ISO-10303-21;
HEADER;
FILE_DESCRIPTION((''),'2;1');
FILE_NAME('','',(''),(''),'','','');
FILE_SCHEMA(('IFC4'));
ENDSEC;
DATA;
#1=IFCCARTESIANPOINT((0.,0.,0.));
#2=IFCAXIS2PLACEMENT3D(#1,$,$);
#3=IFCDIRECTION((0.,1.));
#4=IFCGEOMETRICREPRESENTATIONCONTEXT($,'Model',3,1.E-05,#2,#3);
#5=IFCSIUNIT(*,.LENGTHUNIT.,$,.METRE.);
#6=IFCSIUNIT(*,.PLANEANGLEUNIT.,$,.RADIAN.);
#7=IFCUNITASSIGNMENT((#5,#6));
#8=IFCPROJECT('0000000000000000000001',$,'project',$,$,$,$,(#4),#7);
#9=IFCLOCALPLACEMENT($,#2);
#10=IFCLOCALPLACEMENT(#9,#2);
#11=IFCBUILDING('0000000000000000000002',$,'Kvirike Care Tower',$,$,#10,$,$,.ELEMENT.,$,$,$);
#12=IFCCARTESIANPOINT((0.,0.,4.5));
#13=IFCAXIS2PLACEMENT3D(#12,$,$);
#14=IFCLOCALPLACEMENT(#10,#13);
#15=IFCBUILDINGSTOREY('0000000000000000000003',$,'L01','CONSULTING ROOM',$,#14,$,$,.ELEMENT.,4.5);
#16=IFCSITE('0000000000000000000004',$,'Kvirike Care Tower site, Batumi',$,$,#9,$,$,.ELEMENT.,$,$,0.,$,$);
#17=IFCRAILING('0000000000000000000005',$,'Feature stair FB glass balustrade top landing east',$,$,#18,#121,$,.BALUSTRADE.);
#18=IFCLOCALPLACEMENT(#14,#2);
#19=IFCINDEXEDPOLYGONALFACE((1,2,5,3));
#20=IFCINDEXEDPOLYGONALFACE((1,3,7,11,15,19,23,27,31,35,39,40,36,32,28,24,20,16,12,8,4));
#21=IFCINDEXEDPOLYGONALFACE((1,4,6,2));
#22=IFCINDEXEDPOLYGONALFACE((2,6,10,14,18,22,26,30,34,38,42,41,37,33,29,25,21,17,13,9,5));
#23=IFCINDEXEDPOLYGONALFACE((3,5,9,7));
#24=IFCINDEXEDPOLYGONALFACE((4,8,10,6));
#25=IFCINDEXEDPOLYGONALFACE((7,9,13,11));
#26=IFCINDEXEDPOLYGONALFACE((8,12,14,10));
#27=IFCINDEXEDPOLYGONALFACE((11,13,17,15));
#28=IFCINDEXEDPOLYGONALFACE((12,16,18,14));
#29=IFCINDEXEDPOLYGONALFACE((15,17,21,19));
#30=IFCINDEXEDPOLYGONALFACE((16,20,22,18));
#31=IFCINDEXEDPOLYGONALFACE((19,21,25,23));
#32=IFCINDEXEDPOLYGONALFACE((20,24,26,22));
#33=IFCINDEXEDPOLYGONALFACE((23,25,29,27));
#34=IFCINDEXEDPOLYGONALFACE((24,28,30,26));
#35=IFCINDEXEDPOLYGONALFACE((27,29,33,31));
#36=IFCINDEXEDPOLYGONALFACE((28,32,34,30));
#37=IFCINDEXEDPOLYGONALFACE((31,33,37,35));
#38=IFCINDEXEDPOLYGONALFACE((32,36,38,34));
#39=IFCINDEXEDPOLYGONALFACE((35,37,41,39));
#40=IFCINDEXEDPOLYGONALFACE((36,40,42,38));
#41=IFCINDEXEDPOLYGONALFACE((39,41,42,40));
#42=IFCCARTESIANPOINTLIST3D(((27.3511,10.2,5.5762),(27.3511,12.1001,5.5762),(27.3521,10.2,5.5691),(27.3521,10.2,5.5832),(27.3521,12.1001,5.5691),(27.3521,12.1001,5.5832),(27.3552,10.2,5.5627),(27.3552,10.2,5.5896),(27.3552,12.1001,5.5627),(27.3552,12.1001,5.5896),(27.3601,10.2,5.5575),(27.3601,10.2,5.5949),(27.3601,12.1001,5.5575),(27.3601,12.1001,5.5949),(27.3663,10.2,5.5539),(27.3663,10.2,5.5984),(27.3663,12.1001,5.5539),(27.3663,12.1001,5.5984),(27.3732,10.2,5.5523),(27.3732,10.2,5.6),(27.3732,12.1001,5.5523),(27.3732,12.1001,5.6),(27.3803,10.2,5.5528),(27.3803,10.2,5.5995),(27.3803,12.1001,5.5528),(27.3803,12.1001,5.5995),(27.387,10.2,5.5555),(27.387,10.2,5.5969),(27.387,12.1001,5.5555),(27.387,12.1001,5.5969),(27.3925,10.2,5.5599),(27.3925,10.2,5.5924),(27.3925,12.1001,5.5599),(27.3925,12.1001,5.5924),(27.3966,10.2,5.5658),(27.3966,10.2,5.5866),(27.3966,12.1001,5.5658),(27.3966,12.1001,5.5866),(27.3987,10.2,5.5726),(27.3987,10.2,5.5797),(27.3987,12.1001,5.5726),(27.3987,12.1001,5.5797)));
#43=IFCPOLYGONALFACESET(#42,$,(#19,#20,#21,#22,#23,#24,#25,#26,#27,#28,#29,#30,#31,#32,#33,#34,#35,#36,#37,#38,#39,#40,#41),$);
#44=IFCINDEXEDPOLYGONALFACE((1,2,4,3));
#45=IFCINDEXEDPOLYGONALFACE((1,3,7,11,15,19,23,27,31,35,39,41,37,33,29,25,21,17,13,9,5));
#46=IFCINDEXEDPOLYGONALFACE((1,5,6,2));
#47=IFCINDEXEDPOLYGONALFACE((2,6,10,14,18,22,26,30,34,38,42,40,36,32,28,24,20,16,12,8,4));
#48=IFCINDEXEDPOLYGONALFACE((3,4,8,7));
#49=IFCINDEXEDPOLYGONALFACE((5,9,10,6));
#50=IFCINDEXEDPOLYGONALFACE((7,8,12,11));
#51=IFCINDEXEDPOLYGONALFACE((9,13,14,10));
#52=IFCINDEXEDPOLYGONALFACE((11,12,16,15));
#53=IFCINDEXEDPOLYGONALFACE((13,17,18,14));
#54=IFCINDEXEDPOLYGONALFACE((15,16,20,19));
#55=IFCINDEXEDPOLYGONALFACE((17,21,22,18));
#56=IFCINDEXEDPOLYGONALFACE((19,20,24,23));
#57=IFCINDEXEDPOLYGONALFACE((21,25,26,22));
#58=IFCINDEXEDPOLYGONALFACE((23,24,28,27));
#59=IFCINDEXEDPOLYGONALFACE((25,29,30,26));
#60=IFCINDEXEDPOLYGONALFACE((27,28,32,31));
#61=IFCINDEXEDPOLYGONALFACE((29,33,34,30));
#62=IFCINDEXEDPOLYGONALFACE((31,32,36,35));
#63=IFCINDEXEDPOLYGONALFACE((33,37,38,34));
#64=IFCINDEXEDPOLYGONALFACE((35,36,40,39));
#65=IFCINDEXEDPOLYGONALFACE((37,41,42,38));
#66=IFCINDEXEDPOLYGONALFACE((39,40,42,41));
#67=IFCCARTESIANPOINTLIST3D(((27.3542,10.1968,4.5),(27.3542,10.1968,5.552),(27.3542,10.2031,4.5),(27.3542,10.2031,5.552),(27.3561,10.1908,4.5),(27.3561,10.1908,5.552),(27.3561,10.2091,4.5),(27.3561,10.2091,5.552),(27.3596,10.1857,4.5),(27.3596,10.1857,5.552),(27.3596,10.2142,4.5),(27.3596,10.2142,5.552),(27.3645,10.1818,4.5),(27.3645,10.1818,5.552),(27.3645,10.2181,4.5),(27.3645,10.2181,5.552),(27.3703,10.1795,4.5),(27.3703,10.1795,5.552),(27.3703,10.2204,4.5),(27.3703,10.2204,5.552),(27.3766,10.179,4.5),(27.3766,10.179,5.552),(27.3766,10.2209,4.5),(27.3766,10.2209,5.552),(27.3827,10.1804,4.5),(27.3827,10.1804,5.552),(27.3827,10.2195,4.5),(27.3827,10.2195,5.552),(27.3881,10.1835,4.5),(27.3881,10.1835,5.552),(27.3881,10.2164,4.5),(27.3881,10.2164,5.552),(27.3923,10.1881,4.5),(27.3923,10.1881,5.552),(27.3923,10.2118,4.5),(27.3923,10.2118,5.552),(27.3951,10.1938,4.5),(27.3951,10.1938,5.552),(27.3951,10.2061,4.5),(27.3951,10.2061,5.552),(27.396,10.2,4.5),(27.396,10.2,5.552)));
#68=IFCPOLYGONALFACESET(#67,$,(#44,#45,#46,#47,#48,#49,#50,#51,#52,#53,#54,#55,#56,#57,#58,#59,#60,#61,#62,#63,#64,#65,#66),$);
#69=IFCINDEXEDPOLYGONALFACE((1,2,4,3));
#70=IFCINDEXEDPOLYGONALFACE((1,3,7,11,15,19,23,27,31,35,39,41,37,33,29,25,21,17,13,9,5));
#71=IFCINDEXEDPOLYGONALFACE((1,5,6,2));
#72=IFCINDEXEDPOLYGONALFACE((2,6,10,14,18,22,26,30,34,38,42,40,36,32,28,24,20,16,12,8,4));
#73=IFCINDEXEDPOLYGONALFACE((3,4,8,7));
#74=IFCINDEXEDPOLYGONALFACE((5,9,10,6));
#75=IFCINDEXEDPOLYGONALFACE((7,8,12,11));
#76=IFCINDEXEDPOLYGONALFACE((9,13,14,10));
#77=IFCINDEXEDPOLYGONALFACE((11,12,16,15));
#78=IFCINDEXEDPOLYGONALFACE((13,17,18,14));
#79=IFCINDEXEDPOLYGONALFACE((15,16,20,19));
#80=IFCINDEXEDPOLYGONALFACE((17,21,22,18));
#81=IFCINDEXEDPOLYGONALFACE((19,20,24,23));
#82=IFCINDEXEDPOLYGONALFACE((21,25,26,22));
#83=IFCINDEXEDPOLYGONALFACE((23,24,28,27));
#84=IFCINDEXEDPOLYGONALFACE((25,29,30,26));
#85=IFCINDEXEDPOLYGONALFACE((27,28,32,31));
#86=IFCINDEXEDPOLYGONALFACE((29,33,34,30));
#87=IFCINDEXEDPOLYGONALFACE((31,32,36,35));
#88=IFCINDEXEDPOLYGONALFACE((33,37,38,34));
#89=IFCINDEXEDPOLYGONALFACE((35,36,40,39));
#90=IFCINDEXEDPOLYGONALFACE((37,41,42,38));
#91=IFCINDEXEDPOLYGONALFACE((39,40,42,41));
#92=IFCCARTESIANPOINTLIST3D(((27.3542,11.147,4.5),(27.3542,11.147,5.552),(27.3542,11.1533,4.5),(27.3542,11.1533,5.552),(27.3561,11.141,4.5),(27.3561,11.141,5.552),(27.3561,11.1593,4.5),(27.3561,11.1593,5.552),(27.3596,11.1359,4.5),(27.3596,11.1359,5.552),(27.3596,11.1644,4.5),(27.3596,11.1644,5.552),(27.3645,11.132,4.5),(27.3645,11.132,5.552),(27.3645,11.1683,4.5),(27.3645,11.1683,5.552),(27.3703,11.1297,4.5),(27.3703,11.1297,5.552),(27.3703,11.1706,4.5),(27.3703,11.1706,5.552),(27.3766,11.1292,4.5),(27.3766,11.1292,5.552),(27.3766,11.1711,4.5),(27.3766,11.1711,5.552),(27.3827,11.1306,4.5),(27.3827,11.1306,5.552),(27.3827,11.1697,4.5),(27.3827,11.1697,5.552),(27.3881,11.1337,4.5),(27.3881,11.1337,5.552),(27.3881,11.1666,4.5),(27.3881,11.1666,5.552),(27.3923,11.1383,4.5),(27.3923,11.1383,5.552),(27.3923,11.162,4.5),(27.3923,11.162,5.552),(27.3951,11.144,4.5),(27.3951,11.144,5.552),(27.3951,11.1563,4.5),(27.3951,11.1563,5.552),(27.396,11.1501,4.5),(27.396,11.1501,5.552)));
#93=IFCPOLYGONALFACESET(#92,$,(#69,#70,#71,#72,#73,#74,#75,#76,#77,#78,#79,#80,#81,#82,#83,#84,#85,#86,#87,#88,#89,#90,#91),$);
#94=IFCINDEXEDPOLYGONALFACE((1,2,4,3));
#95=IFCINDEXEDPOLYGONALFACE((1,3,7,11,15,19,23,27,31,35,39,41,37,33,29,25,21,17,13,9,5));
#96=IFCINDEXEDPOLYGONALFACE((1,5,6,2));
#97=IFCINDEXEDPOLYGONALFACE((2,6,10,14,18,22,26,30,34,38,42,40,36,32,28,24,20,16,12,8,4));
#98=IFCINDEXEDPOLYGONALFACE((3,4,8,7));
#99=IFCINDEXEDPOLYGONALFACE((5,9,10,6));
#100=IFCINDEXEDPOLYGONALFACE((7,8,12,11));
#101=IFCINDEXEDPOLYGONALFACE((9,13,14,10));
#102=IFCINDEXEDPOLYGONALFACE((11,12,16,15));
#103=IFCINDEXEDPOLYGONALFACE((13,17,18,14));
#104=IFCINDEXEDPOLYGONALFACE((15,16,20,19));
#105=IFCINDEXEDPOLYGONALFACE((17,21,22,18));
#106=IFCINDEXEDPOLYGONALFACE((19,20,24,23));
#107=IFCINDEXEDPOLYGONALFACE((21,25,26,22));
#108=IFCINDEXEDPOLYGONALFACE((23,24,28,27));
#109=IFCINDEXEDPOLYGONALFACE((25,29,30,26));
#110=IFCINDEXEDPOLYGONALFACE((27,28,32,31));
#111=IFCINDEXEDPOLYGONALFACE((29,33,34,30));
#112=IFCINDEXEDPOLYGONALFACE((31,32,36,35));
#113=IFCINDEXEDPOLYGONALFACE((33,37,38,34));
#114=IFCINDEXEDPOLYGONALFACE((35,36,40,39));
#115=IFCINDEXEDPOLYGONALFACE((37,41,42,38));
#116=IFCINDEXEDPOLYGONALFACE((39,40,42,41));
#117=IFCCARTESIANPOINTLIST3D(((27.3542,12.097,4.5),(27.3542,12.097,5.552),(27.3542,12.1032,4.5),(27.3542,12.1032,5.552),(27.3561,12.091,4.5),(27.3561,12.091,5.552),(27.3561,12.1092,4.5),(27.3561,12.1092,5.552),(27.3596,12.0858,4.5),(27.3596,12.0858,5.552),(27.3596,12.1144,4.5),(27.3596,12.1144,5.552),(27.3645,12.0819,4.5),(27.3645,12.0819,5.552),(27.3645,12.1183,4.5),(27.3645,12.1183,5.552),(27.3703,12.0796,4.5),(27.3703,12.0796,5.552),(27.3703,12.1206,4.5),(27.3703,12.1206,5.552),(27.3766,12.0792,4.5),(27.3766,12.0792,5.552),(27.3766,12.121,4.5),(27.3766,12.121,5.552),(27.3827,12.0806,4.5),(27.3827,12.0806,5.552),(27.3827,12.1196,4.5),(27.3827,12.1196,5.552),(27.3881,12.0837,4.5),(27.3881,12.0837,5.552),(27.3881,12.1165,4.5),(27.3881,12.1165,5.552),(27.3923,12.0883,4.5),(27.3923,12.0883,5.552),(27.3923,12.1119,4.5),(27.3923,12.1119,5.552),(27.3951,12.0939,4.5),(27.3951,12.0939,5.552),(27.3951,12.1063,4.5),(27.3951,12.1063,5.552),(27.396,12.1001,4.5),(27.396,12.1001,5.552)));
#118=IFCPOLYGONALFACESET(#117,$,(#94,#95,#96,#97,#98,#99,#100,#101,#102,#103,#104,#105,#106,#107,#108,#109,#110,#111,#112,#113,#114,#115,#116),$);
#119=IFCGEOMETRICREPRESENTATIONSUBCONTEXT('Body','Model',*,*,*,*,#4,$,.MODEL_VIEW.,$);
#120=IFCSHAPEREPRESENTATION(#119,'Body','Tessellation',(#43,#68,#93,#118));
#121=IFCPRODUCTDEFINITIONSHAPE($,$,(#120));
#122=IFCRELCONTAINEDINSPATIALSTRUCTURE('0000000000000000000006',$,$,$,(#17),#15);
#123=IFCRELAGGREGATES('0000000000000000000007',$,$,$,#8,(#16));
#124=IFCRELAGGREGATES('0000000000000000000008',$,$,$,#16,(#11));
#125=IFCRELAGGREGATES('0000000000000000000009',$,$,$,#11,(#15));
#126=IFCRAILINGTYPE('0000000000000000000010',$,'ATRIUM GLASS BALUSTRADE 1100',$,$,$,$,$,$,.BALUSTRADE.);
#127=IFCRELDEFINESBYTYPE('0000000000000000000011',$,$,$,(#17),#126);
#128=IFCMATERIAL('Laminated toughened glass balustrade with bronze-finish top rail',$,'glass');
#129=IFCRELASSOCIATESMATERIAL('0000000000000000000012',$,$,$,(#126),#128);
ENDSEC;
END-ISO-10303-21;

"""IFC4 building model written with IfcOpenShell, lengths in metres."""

from ifc_helpers import new_model, si_unit, direction, frame, origin, origin_2d, place, context, subcontext, project, spatial, circle, extrude, material, type_object, element, save


model = new_model("IFC4")

# Units and contexts
model_context = context("Model", 3, precision=1e-05, world=origin(), true_north=direction((0.0, 1.0)))
body_context = subcontext(model_context, "Body", "Model", "MODEL_VIEW")
ifc_project = project(units=[si_unit("LENGTHUNIT", "METRE"), si_unit("PLANEANGLEUNIT", "RADIAN")], contexts=[model_context])

# Site, building, storey
site_placement = place(None, origin())
site = spatial("IfcSite", under=ifc_project, at=site_placement, Name="Kvirike Care Tower site, Batumi", CompositionType="ELEMENT", RefElevation=0.0)
building_placement = place(site_placement, origin())
building = spatial("IfcBuilding", under=site, at=building_placement, Name="Kvirike Care Tower", CompositionType="ELEMENT")
storey_placement = place(building_placement, frame((0.0, 0.0, 4.5)))
storey = spatial("IfcBuildingStorey", under=building, at=storey_placement, Name="L01", Description="CONSULTING ROOM", CompositionType="ELEMENT", Elevation=4.5)

# Railing
ifc_material_1 = material(Name="Laminated toughened glass balustrade with bronze-finish top rail", Category="glass")
railing_type_1 = type_object("IfcRailingType", Name="ATRIUM GLASS BALUSTRADE 1100", PredefinedType="BALUSTRADE", material=ifc_material_1)
railing_1_placement = place(storey_placement, frame((27.375, 10.2, 4.5)))
element("IfcRailing", 1, at=railing_1_placement, inside=storey, type_object=railing_type_1, Name="Feature stair FB glass balustrade top landing east", PredefinedType="BALUSTRADE", context=body_context, shape_type="SweptSolid", body=[
    extrude(circle(Radius=0.0239, at=origin_2d()), frame((0.0, 0.0, 1.0762), z_axis=(0.0, 1.0, 0.0), x_axis=(-1.0, 0.0, 0.0)), (0.0, 0.0, 1.0), 1.9001),
    extrude(circle(Radius=0.021, at=origin_2d()), origin(), (0.0, 0.0, 1.0), 1.052),
    extrude(circle(Radius=0.021, at=origin_2d()), frame((0.0, 0.9502, 0.0)), (0.0, 0.0, 1.0), 1.052),
    extrude(circle(Radius=0.021, at=origin_2d()), frame((0.0, 1.9001, 0.0)), (0.0, 0.0, 1.0), 1.052),
])

save(model, "model.ifc")
